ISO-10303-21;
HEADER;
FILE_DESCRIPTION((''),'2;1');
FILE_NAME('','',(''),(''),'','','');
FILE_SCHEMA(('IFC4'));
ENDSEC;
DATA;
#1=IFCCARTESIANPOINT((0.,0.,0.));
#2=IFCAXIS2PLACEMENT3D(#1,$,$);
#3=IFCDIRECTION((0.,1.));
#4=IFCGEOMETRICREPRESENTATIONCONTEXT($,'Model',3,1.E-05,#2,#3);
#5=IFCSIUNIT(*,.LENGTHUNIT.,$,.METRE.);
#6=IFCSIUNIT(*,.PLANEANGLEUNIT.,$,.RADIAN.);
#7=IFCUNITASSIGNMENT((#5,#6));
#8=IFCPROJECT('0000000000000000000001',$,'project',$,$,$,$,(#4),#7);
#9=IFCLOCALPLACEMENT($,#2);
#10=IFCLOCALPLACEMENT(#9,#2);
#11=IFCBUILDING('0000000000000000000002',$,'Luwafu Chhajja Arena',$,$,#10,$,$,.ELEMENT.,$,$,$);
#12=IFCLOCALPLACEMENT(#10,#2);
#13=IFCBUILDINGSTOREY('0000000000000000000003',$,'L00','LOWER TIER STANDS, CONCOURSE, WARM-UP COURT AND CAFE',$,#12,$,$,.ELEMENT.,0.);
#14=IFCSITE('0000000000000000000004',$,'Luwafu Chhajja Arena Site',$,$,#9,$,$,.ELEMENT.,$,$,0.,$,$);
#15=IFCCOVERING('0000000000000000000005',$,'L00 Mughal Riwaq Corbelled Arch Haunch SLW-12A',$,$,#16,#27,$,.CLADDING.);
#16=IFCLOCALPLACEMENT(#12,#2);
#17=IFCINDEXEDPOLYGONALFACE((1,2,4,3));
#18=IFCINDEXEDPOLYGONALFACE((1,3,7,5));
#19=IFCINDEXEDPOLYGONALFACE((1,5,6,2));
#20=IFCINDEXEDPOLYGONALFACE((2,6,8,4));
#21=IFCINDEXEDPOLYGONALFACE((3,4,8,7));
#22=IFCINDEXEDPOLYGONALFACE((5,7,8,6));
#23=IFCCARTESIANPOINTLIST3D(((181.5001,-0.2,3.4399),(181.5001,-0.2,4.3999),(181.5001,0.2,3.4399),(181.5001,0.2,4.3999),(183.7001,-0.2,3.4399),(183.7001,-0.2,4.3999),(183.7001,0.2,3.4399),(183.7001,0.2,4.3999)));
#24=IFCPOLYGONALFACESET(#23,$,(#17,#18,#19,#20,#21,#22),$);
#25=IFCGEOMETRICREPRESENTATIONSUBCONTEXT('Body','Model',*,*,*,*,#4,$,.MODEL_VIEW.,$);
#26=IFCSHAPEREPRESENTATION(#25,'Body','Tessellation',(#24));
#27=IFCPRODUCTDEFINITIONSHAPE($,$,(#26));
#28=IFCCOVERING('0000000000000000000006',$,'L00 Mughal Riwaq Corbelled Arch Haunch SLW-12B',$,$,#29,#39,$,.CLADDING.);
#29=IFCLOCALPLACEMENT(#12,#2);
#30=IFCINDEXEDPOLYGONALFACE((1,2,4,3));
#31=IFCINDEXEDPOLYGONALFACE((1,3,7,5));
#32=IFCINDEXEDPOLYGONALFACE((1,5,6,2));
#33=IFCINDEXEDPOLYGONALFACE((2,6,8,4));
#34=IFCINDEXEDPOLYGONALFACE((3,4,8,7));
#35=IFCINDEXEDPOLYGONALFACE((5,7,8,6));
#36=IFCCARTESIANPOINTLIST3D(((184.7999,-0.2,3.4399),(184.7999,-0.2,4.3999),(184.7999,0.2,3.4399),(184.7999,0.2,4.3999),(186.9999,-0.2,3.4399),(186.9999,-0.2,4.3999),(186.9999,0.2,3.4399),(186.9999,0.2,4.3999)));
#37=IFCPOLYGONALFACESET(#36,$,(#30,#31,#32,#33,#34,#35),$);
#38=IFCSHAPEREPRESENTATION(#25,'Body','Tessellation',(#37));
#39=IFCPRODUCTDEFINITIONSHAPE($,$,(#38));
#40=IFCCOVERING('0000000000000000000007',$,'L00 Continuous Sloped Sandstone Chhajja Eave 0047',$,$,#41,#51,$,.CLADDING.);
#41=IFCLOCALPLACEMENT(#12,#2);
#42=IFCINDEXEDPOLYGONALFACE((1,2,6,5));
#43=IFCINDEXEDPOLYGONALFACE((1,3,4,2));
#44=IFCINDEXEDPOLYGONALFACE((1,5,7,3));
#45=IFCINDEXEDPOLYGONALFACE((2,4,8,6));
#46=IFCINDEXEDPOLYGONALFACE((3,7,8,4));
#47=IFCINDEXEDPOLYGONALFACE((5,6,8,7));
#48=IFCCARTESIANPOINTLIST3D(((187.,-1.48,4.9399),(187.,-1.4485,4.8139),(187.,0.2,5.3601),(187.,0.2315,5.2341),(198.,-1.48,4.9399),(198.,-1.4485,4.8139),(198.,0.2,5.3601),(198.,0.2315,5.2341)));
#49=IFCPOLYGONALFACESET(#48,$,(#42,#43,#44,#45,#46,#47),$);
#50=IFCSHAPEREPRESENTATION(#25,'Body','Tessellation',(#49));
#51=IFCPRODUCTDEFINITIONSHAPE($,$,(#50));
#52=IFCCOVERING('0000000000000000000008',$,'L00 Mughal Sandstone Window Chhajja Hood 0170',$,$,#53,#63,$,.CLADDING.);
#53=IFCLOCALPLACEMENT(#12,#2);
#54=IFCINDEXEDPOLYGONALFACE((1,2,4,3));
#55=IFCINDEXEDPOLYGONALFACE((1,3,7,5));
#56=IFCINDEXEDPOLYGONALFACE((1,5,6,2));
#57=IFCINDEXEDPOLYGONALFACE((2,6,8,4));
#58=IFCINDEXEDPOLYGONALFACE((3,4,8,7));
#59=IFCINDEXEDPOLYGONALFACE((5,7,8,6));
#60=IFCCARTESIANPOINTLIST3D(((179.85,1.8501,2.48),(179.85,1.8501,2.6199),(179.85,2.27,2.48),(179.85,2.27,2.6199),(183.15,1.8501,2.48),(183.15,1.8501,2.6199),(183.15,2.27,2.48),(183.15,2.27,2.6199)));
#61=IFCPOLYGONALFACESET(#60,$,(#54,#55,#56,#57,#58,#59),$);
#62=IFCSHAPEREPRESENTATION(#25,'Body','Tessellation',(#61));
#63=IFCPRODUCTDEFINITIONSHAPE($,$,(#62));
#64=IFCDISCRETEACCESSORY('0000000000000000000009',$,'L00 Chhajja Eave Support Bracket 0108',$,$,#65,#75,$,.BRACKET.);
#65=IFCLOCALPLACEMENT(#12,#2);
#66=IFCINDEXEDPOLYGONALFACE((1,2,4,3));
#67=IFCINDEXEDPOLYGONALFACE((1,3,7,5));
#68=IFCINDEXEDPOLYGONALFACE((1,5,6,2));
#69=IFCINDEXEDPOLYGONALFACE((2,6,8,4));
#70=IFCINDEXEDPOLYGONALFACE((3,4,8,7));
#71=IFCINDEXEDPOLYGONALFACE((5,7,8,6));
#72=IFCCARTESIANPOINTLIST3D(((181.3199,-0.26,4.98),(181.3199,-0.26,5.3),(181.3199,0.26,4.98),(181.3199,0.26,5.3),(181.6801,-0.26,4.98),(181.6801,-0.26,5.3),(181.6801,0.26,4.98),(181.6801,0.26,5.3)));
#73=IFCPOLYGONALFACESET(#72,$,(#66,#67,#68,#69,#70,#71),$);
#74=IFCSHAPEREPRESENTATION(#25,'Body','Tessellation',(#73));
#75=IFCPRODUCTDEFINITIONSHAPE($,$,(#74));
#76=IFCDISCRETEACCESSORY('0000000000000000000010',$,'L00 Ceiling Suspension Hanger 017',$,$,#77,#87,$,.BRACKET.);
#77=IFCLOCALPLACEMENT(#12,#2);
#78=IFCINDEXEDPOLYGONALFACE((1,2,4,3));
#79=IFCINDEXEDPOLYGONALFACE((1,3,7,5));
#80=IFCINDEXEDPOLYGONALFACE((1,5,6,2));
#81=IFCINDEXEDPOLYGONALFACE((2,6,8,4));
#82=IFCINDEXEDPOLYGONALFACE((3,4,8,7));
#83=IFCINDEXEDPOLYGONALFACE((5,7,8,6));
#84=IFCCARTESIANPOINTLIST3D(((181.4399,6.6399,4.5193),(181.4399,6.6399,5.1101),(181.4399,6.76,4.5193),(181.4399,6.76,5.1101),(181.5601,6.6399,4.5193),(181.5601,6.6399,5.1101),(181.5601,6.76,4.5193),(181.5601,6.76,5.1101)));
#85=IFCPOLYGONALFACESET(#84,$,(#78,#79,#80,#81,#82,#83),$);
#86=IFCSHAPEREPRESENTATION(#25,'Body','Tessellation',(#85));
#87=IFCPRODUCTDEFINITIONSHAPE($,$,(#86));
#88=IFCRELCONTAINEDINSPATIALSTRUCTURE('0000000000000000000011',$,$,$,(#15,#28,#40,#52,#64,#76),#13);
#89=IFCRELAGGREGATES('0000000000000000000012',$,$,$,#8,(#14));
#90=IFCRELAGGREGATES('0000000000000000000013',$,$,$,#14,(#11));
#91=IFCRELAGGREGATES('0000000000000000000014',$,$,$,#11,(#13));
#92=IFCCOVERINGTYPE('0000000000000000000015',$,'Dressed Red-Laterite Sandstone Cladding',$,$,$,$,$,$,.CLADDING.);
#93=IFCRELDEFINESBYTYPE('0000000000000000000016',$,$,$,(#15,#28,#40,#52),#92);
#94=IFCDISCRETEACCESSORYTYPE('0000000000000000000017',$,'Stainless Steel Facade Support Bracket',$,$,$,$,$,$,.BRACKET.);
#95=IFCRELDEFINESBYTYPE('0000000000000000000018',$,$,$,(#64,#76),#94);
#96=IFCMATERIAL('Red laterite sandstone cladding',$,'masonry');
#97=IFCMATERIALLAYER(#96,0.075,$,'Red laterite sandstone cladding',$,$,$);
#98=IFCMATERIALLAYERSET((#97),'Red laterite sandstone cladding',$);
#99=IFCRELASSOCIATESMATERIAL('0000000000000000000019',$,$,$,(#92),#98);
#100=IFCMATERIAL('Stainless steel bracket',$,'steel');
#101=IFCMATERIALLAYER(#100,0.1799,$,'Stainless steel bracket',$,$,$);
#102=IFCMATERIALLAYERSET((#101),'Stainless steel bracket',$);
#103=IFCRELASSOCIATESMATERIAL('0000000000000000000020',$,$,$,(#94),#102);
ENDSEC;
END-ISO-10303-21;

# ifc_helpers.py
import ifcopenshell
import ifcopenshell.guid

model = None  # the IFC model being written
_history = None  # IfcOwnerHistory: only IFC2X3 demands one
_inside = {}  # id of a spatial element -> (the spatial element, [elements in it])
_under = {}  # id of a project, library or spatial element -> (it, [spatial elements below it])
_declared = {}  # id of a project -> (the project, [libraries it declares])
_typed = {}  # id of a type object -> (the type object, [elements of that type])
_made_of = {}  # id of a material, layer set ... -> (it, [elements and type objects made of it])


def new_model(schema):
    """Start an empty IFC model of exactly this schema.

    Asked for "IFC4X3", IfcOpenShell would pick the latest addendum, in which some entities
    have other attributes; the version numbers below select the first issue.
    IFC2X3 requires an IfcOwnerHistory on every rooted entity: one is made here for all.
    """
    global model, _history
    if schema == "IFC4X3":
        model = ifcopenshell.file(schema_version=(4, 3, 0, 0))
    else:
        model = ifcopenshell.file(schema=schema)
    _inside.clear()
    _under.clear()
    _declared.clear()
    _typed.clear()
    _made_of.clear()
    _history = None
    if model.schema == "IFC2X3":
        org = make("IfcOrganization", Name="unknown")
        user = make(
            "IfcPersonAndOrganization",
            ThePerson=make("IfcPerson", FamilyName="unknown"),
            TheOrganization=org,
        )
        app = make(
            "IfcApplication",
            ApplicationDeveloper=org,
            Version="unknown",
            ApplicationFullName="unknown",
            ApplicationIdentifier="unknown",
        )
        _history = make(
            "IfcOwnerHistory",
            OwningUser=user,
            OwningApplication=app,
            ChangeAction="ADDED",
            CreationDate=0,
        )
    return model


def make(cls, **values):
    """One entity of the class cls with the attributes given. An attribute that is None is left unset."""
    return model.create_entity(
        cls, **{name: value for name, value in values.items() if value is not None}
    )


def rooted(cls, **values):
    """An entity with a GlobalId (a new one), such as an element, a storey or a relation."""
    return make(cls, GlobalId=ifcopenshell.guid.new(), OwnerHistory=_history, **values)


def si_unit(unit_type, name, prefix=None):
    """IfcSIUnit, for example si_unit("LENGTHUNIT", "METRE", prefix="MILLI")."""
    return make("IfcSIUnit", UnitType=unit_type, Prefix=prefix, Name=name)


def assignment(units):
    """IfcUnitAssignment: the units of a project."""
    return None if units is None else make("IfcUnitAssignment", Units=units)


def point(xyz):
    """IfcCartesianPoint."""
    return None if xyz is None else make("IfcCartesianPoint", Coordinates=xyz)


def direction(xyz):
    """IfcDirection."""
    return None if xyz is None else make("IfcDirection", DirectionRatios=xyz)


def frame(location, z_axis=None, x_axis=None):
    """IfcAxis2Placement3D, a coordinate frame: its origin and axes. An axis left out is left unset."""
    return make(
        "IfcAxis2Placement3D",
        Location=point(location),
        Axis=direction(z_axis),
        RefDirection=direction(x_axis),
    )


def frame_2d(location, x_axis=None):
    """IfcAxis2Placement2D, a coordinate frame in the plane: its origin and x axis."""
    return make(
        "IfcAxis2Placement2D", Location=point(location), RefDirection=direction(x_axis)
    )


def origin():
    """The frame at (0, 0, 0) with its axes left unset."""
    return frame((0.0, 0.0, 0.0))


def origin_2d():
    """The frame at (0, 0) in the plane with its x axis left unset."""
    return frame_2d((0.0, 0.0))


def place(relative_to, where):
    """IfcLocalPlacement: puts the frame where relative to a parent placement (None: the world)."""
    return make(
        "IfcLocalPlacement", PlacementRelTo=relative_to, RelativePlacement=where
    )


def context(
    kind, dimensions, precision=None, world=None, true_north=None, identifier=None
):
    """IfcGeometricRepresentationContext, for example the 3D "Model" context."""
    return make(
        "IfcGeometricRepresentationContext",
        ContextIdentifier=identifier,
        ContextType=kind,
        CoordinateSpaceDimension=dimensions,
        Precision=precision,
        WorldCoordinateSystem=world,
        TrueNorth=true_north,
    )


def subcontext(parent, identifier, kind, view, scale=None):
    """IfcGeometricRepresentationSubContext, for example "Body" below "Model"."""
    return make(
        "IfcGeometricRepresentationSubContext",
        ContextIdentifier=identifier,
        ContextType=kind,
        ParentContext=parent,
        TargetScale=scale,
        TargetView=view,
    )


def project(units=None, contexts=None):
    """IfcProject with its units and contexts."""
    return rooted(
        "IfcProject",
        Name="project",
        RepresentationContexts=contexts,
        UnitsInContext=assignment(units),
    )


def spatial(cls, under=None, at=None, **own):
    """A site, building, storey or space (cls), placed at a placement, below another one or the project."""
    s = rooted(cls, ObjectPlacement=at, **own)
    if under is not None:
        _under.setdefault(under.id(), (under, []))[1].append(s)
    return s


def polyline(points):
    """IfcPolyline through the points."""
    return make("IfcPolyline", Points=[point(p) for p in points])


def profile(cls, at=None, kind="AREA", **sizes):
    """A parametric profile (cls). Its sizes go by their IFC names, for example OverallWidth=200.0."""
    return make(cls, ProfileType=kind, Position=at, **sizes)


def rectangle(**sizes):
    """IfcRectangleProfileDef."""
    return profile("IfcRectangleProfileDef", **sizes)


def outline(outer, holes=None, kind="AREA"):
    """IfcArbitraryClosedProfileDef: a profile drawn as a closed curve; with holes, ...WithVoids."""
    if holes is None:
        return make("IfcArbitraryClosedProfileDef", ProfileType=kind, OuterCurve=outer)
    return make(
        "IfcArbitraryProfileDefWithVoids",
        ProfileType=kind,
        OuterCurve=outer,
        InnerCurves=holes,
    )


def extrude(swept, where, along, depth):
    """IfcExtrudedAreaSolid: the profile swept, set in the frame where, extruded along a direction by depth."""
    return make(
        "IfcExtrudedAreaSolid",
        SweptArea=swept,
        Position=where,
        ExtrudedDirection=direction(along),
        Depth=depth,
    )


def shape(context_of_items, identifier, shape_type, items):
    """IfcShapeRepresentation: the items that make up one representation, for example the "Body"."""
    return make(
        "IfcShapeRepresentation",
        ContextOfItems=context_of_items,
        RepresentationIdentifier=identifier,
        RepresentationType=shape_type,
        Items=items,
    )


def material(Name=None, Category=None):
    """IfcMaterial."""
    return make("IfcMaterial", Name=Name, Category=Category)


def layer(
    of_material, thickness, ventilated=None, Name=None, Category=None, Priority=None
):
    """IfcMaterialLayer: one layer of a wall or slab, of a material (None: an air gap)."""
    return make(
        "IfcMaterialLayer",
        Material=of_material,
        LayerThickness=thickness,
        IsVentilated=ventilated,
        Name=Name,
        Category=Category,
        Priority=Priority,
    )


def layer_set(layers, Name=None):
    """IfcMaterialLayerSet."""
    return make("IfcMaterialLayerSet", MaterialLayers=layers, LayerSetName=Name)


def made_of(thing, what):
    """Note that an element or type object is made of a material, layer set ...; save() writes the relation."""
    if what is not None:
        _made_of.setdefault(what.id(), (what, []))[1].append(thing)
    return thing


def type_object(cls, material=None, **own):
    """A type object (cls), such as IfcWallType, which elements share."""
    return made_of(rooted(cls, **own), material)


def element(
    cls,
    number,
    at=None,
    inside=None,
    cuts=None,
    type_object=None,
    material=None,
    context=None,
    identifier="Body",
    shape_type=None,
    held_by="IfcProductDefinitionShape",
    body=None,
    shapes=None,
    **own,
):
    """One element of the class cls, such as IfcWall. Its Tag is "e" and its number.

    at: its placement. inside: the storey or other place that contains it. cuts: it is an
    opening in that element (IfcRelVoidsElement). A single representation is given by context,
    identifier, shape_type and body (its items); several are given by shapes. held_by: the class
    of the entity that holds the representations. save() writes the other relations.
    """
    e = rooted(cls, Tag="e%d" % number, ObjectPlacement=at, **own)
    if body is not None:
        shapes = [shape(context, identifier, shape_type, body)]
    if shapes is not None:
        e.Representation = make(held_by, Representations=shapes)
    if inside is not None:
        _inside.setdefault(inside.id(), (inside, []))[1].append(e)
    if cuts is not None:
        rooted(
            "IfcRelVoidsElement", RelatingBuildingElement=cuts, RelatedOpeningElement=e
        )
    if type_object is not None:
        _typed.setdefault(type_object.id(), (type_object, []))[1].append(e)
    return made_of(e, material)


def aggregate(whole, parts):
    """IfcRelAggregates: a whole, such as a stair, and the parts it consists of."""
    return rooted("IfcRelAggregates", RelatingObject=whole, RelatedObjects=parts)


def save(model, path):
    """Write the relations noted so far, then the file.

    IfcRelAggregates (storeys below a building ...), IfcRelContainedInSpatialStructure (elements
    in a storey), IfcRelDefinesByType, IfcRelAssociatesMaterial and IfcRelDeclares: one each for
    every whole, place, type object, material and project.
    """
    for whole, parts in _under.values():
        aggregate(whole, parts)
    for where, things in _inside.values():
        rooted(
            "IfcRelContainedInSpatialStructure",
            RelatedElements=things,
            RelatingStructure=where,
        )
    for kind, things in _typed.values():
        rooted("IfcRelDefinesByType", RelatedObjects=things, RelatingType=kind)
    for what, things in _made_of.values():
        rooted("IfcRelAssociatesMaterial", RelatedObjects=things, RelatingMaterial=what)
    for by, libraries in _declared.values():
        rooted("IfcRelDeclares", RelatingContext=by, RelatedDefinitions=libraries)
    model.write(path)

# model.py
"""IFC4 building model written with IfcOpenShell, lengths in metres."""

from ifc_helpers import new_model, si_unit, direction, frame, origin, origin_2d, place, context, subcontext, project, spatial, polyline, rectangle, outline, extrude, material, layer, layer_set, type_object, element, save


model = new_model("IFC4")

# Units and contexts
model_context = context("Model", 3, precision=1e-05, world=origin(), true_north=direction((0.0, 1.0)))
body_context = subcontext(model_context, "Body", "Model", "MODEL_VIEW")
ifc_project = project(units=[si_unit("LENGTHUNIT", "METRE"), si_unit("PLANEANGLEUNIT", "RADIAN")], contexts=[model_context])

# Site, building, storey
site_placement = place(None, origin())
site = spatial("IfcSite", under=ifc_project, at=site_placement, Name="Luwafu Chhajja Arena Site", CompositionType="ELEMENT", RefElevation=0.0)
building_placement = place(site_placement, origin())
building = spatial("IfcBuilding", under=site, at=building_placement, Name="Luwafu Chhajja Arena", CompositionType="ELEMENT")
storey_placement = place(building_placement, origin())
storey = spatial("IfcBuildingStorey", under=building, at=storey_placement, Name="L00", Description="LOWER TIER STANDS, CONCOURSE, WARM-UP COURT AND CAFE", CompositionType="ELEMENT", Elevation=0.0)

# Coverings
ifc_material_1 = material(Name="Red laterite sandstone cladding", Category="masonry")
ifc_layer_1 = layer(ifc_material_1, 0.075, Name="Red laterite sandstone cladding")
ifc_layer_set_1 = layer_set([ifc_layer_1], Name="Red laterite sandstone cladding")
covering_type = type_object("IfcCoveringType", Name="Dressed Red-Laterite Sandstone Cladding", PredefinedType="CLADDING", material=ifc_layer_set_1)
for number, where, z_axis, x_axis, name in (
    (1, (182.6001, 0.0, 3.4399), (0.0, 0.0, 1.0), (1.0, 0.0, 0.0), "L00 Mughal Riwaq Corbelled Arch Haunch SLW-12A"),
    (2, (185.8999, 0.0, 3.4399), (0.0, 0.0, 1.0), (1.0, 0.0, 0.0), "L00 Mughal Riwaq Corbelled Arch Haunch SLW-12B"),
):
    element("IfcCovering", number, at=place(storey_placement, frame(where, z_axis=z_axis, x_axis=x_axis)), inside=storey, type_object=covering_type, Name=name, PredefinedType="CLADDING", context=body_context, shape_type="SweptSolid", body=[
        extrude(rectangle(XDim=2.2, YDim=0.3999, at=origin_2d()), origin(), (0.0, 0.0, 1.0), 0.96),
    ])
covering_1_placement = place(storey_placement, frame((187.0, 0.2, 5.3601), z_axis=(0.0, -0.242635, 0.970118), x_axis=(1.0, 0.0, 0.0)))
element("IfcCovering", 3, at=covering_1_placement, inside=storey, type_object=covering_type, Name="L00 Continuous Sloped Sandstone Chhajja Eave 0047", PredefinedType="CLADDING", context=body_context, shape_type="SweptSolid", body=[
    extrude(outline(polyline([(0.0, 0.0), (11.0, 0.0), (11.0, -1.7317), (0.0, -1.7317), (0.0, 0.0)])), origin(), (0.0, 0.0, -1.0), 0.1299),
])
covering_2_placement = place(storey_placement, frame((181.5, 2.0601, 2.48), z_axis=(0.0, 0.0, 1.0), x_axis=(1.0, 0.0, 0.0)))
element("IfcCovering", 4, at=covering_2_placement, inside=storey, type_object=covering_type, Name="L00 Mughal Sandstone Window Chhajja Hood 0170", PredefinedType="CLADDING", context=body_context, shape_type="SweptSolid", body=[
    extrude(rectangle(XDim=3.3, YDim=0.4199, at=origin_2d()), origin(), (0.0, 0.0, 1.0), 0.1399),
])

# Discrete accessories
ifc_material_2 = material(Name="Stainless steel bracket", Category="steel")
ifc_layer_2 = layer(ifc_material_2, 0.1799, Name="Stainless steel bracket")
ifc_layer_set_2 = layer_set([ifc_layer_2], Name="Stainless steel bracket")
discrete_accessory_type = type_object("IfcDiscreteAccessoryType", Name="Stainless Steel Facade Support Bracket", PredefinedType="BRACKET", material=ifc_layer_set_2)
discrete_accessory_1_placement = place(storey_placement, frame((181.5, 0.0, 4.98), z_axis=(0.0, 0.0, 1.0), x_axis=(1.0, 0.0, 0.0)))
element("IfcDiscreteAccessory", 5, at=discrete_accessory_1_placement, inside=storey, type_object=discrete_accessory_type, Name="L00 Chhajja Eave Support Bracket 0108", PredefinedType="BRACKET", context=body_context, shape_type="SweptSolid", body=[
    extrude(rectangle(XDim=0.3601, YDim=0.52, at=origin_2d()), origin(), (0.0, 0.0, 1.0), 0.3201),
])
discrete_accessory_2_placement = place(storey_placement, frame((181.5, 6.7, 4.5193), z_axis=(0.0, 0.0, 1.0), x_axis=(1.0, 0.0, 0.0)))
element("IfcDiscreteAccessory", 6, at=discrete_accessory_2_placement, inside=storey, type_object=discrete_accessory_type, Name="L00 Ceiling Suspension Hanger 017", PredefinedType="BRACKET", context=body_context, shape_type="SweptSolid", body=[
    extrude(rectangle(XDim=0.1201, YDim=0.1201, at=origin_2d()), origin(), (0.0, 0.0, 1.0), 0.5908),
])

save(model, "model.ifc")
